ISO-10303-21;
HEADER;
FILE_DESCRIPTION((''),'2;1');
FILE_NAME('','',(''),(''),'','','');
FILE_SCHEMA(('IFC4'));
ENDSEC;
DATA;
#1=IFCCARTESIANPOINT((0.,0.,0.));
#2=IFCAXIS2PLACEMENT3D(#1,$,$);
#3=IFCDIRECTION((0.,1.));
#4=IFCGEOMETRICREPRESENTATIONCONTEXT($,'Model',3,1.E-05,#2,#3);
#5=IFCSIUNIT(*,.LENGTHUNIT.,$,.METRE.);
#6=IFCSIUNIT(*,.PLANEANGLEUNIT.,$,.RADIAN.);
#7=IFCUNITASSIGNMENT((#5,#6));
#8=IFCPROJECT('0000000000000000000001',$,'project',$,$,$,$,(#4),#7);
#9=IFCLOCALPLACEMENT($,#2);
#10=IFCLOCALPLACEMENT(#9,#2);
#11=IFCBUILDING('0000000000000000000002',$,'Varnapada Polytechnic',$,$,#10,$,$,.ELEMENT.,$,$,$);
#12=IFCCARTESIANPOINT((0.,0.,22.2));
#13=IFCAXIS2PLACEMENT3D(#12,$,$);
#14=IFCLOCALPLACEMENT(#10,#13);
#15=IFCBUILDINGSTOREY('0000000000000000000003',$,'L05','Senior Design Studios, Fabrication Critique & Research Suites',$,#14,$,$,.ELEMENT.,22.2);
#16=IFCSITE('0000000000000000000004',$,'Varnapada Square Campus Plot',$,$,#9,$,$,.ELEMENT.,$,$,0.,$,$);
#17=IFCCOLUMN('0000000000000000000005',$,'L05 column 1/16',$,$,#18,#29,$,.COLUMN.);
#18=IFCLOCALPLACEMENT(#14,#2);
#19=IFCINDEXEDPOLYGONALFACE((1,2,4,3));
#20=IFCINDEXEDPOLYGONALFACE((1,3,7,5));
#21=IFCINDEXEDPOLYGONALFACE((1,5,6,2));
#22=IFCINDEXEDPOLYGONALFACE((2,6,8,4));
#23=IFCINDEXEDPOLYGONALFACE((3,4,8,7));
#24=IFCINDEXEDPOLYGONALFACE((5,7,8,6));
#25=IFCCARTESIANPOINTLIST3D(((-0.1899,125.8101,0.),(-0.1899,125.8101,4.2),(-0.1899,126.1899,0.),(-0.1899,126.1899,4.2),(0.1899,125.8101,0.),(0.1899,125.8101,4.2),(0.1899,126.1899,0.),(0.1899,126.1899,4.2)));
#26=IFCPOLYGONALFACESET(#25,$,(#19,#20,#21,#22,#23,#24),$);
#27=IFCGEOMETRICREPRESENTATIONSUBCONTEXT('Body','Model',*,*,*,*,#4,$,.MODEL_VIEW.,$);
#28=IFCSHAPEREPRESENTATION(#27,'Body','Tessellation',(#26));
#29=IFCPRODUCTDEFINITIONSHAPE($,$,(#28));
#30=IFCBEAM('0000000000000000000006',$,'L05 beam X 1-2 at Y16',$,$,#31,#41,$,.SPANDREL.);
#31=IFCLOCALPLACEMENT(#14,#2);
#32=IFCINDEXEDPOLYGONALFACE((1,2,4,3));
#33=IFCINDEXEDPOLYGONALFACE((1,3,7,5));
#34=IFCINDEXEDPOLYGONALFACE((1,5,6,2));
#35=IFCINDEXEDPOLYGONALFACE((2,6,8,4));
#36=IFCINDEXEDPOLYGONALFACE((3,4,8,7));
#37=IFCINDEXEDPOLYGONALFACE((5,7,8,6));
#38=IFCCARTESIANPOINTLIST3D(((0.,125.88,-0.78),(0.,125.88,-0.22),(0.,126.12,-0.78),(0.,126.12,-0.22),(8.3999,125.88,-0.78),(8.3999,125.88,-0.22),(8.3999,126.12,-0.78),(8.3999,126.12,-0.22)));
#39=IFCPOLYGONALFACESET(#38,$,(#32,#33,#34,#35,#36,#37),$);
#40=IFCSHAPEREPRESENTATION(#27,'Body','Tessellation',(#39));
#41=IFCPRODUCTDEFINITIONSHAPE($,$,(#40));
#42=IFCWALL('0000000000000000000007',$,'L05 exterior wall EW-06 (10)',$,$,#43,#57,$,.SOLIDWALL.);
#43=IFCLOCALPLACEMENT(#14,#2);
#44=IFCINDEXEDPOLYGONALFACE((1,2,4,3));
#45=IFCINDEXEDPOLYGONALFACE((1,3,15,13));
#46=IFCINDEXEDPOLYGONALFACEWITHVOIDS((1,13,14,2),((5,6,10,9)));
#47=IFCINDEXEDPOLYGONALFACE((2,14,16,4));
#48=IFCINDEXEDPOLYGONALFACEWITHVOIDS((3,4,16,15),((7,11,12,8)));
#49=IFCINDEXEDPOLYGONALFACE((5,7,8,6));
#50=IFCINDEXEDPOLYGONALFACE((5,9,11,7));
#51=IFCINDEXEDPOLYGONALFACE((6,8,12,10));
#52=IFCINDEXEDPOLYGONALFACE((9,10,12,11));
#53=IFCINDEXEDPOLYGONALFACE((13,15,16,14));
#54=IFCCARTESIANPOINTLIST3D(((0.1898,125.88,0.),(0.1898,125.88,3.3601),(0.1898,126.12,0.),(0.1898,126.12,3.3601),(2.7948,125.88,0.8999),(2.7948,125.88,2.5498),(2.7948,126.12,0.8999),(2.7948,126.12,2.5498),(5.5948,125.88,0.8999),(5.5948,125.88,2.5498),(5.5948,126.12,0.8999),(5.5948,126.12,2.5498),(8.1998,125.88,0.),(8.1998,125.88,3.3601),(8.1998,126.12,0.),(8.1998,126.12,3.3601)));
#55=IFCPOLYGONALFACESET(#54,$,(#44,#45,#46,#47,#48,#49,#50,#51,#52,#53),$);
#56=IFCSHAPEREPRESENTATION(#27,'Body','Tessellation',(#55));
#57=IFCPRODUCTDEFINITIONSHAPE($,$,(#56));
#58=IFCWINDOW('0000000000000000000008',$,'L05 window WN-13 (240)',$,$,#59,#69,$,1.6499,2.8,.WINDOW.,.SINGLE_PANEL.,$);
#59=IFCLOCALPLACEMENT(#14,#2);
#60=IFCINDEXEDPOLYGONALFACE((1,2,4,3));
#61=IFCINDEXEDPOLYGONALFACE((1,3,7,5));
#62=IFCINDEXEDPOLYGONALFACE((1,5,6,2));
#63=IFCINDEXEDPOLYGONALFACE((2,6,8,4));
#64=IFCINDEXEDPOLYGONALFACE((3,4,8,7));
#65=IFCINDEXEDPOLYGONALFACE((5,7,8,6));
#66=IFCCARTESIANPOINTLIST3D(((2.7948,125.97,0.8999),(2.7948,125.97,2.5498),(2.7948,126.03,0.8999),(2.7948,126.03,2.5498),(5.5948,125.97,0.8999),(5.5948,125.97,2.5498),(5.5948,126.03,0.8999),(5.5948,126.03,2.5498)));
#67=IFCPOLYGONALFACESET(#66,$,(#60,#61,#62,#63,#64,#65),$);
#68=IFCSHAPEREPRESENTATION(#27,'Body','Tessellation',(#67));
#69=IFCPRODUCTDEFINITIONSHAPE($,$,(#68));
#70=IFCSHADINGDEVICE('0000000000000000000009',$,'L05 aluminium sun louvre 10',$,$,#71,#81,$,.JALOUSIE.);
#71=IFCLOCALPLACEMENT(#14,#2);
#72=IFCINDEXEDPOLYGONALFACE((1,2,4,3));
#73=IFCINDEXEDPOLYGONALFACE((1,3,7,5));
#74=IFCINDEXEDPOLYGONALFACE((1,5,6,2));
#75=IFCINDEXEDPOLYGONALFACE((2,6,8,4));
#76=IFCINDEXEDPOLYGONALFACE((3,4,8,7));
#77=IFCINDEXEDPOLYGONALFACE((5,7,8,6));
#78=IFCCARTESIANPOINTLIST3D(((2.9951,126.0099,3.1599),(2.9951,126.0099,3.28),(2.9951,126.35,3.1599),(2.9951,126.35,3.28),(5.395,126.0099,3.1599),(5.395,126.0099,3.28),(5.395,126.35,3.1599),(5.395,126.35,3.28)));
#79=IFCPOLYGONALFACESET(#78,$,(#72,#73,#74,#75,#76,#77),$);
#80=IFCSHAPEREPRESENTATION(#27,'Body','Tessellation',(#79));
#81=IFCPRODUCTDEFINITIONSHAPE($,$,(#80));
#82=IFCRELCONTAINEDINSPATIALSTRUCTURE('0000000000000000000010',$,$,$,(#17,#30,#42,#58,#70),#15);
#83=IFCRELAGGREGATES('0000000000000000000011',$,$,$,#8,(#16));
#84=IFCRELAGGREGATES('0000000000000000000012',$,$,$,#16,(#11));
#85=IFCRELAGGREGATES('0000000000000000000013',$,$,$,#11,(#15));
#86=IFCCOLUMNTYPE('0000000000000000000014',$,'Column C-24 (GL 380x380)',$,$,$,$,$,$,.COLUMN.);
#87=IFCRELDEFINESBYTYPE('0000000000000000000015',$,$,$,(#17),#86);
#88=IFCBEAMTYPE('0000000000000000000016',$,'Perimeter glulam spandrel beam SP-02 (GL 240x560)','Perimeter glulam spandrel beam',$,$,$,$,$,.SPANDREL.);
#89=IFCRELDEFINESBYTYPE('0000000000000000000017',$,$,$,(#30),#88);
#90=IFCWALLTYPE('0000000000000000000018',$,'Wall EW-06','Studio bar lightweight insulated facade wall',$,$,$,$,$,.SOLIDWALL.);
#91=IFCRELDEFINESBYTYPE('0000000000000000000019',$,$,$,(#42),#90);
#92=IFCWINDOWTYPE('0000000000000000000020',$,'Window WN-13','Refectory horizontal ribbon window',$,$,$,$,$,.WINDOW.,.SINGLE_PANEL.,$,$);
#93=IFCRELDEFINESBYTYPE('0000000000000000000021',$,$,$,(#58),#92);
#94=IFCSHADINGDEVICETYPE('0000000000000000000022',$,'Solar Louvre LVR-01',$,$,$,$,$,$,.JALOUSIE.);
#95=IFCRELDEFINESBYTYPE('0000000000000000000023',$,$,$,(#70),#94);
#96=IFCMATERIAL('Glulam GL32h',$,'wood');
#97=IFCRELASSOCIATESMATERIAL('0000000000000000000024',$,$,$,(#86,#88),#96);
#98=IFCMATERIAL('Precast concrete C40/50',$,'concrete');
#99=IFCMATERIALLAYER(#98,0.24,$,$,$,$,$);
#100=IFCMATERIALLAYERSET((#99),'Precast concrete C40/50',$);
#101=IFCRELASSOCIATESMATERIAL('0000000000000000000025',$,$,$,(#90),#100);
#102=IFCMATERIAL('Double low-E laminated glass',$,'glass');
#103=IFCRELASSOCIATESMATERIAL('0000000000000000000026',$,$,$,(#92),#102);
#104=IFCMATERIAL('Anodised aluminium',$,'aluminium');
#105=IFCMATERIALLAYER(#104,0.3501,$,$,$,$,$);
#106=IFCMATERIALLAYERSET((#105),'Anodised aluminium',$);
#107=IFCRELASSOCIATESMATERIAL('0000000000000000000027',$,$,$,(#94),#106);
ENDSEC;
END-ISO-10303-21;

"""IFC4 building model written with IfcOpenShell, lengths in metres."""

from ifc_helpers import new_model, si_unit, direction, frame, frame_2d, origin, origin_2d, place, context, subcontext, project, spatial, rectangle, extrude, material, layer, layer_set, material_profile, profile_set, type_object, element, fill, save


model = new_model("IFC4")

# Units and contexts
model_context = context("Model", 3, precision=1e-05, world=origin(), true_north=direction((0.0, 1.0)))
body_context = subcontext(model_context, "Body", "Model", "MODEL_VIEW")
ifc_project = project(units=[si_unit("LENGTHUNIT", "METRE"), si_unit("PLANEANGLEUNIT", "RADIAN")], contexts=[model_context])

# Site, building, storey
site_placement = place(None, origin())
site = spatial("IfcSite", under=ifc_project, at=site_placement, Name="Varnapada Square Campus Plot", CompositionType="ELEMENT", RefElevation=0.0)
building_placement = place(site_placement, origin())
building = spatial("IfcBuilding", under=site, at=building_placement, Name="Varnapada Polytechnic", CompositionType="ELEMENT")
storey_placement = place(building_placement, frame((0.0, 0.0, 22.2)))
storey = spatial("IfcBuildingStorey", under=building, at=storey_placement, Name="L05", Description="Senior Design Studios, Fabrication Critique & Research Suites", CompositionType="ELEMENT", Elevation=22.2)

# Column
ifc_material_1 = material(Name="Glulam GL32h", Category="wood")
ifc_material_profile_1 = material_profile(ifc_material_1, rectangle(XDim=0.3799, YDim=0.3799, at=origin_2d()), Name="GL 380x380")
ifc_profile_set_1 = profile_set([ifc_material_profile_1], Name="Glulam GL32h")
column_type = type_object("IfcColumnType", Name="Column C-24 (GL 380x380)", PredefinedType="COLUMN", material=ifc_profile_set_1)
column_placement = place(storey_placement, frame((0.0, 126.0, 0.0), z_axis=(0.0, 0.0, 1.0), x_axis=(1.0, 0.0, 0.0)))
element("IfcColumn", 1, at=column_placement, inside=storey, type_object=column_type, Name="L05 column 1/16", PredefinedType="COLUMN", context=body_context, shape_type="SweptSolid", body=[
    extrude(rectangle(XDim=0.3799, YDim=0.3799, at=origin_2d()), origin(), (0.0, 0.0, 1.0), 4.2),
])

# Beam
ifc_material_profile_2 = material_profile(ifc_material_1, rectangle(XDim=0.24, YDim=0.5601, at=origin_2d()), Name="GL 240x560")
ifc_profile_set_2 = profile_set([ifc_material_profile_2], Name="Glulam GL32h")
beam_type = type_object("IfcBeamType", Name="Perimeter glulam spandrel beam SP-02 (GL 240x560)", Description="Perimeter glulam spandrel beam", PredefinedType="SPANDREL", material=ifc_profile_set_2)
beam_placement = place(storey_placement, frame((0.0, 126.0, -0.5), z_axis=(1.0, 0.0, 0.0), x_axis=(0.0, 1.0, 0.0)))
element("IfcBeam", 2, at=beam_placement, inside=storey, type_object=beam_type, Name="L05 beam X 1-2 at Y16", PredefinedType="SPANDREL", context=body_context, shape_type="SweptSolid", body=[
    extrude(rectangle(XDim=0.24, YDim=0.5601, at=origin_2d()), origin(), (0.0, 0.0, 1.0), 8.3999),
])

# Wall, opening, window
ifc_material_2 = material(Name="Precast concrete C40/50", Category="concrete")
ifc_layer_1 = layer(ifc_material_2, 0.24)
ifc_layer_set_1 = layer_set([ifc_layer_1], Name="Precast concrete C40/50")
wall_type = type_object("IfcWallType", Name="Wall EW-06", Description="Studio bar lightweight insulated facade wall", PredefinedType="SOLIDWALL", material=ifc_layer_set_1)
wall_placement = place(storey_placement, frame((0.1899, 126.0, 0.0), z_axis=(0.0, 0.0, 1.0), x_axis=(1.0, 0.0, 0.0)))
wall = element("IfcWall", 3, at=wall_placement, inside=storey, type_object=wall_type, Name="L05 exterior wall EW-06 (10)", PredefinedType="SOLIDWALL", context=body_context, shape_type="SweptSolid", body=[
    extrude(rectangle(XDim=8.01, YDim=0.24, at=frame_2d((4.0049, 0.0))), origin(), (0.0, 0.0, 1.0), 3.3601),
])
opening_1_placement = place(wall_placement, frame((2.605, 0.0, 0.8999)))
opening_1 = element("IfcOpeningElement", 4, at=opening_1_placement, cuts=wall, PredefinedType="OPENING", context=body_context, shape_type="SweptSolid", body=[
    extrude(rectangle(XDim=2.8, YDim=1.6499, at=frame_2d((1.3999, 0.825))), frame((0.0, 0.1299, 0.0), z_axis=(0.0, -1.0, 0.0), x_axis=(1.0, 0.0, 0.0)), (0.0, 0.0, 1.0), 0.26),
])
ifc_material_3 = material(Name="Double low-E laminated glass", Category="glass")
window_type = type_object("IfcWindowType", Name="Window WN-13", Description="Refectory horizontal ribbon window", PartitioningType="SINGLE_PANEL", PredefinedType="WINDOW", material=ifc_material_3)
window_placement = place(opening_1_placement, origin())
window = element("IfcWindow", 5, at=window_placement, inside=storey, type_object=window_type, Name="L05 window WN-13 (240)", OverallHeight=1.6499, OverallWidth=2.8, PartitioningType="SINGLE_PANEL", PredefinedType="WINDOW", context=body_context, shape_type="SweptSolid", body=[
    extrude(rectangle(XDim=2.8, YDim=1.6499, at=frame_2d((1.3999, 0.825))), frame((0.0, 0.03, 0.0), z_axis=(0.0, -1.0, 0.0), x_axis=(1.0, 0.0, 0.0)), (0.0, 0.0, 1.0), 0.0601),
])
fill(opening_1, window)

# Shading device
ifc_material_4 = material(Name="Anodised aluminium", Category="aluminium")
ifc_layer_2 = layer(ifc_material_4, 0.3501)
ifc_layer_set_2 = layer_set([ifc_layer_2], Name="Anodised aluminium")
shading_device_type_1 = type_object("IfcShadingDeviceType", Name="Solar Louvre LVR-01", PredefinedType="JALOUSIE", material=ifc_layer_set_2)
shading_device_1_placement = place(storey_placement, frame((4.1951, 126.1799, 3.1599), z_axis=(0.0, 0.0, 1.0), x_axis=(1.0, 0.0, 0.0)))
element("IfcShadingDevice", 6, at=shading_device_1_placement, inside=storey, type_object=shading_device_type_1, Name="L05 aluminium sun louvre 10", PredefinedType="JALOUSIE", context=body_context, shape_type="SweptSolid", body=[
    extrude(rectangle(XDim=2.3999, YDim=0.3401, at=origin_2d()), origin(), (0.0, 0.0, 1.0), 0.1201),
])

save(model, "model.ifc")
